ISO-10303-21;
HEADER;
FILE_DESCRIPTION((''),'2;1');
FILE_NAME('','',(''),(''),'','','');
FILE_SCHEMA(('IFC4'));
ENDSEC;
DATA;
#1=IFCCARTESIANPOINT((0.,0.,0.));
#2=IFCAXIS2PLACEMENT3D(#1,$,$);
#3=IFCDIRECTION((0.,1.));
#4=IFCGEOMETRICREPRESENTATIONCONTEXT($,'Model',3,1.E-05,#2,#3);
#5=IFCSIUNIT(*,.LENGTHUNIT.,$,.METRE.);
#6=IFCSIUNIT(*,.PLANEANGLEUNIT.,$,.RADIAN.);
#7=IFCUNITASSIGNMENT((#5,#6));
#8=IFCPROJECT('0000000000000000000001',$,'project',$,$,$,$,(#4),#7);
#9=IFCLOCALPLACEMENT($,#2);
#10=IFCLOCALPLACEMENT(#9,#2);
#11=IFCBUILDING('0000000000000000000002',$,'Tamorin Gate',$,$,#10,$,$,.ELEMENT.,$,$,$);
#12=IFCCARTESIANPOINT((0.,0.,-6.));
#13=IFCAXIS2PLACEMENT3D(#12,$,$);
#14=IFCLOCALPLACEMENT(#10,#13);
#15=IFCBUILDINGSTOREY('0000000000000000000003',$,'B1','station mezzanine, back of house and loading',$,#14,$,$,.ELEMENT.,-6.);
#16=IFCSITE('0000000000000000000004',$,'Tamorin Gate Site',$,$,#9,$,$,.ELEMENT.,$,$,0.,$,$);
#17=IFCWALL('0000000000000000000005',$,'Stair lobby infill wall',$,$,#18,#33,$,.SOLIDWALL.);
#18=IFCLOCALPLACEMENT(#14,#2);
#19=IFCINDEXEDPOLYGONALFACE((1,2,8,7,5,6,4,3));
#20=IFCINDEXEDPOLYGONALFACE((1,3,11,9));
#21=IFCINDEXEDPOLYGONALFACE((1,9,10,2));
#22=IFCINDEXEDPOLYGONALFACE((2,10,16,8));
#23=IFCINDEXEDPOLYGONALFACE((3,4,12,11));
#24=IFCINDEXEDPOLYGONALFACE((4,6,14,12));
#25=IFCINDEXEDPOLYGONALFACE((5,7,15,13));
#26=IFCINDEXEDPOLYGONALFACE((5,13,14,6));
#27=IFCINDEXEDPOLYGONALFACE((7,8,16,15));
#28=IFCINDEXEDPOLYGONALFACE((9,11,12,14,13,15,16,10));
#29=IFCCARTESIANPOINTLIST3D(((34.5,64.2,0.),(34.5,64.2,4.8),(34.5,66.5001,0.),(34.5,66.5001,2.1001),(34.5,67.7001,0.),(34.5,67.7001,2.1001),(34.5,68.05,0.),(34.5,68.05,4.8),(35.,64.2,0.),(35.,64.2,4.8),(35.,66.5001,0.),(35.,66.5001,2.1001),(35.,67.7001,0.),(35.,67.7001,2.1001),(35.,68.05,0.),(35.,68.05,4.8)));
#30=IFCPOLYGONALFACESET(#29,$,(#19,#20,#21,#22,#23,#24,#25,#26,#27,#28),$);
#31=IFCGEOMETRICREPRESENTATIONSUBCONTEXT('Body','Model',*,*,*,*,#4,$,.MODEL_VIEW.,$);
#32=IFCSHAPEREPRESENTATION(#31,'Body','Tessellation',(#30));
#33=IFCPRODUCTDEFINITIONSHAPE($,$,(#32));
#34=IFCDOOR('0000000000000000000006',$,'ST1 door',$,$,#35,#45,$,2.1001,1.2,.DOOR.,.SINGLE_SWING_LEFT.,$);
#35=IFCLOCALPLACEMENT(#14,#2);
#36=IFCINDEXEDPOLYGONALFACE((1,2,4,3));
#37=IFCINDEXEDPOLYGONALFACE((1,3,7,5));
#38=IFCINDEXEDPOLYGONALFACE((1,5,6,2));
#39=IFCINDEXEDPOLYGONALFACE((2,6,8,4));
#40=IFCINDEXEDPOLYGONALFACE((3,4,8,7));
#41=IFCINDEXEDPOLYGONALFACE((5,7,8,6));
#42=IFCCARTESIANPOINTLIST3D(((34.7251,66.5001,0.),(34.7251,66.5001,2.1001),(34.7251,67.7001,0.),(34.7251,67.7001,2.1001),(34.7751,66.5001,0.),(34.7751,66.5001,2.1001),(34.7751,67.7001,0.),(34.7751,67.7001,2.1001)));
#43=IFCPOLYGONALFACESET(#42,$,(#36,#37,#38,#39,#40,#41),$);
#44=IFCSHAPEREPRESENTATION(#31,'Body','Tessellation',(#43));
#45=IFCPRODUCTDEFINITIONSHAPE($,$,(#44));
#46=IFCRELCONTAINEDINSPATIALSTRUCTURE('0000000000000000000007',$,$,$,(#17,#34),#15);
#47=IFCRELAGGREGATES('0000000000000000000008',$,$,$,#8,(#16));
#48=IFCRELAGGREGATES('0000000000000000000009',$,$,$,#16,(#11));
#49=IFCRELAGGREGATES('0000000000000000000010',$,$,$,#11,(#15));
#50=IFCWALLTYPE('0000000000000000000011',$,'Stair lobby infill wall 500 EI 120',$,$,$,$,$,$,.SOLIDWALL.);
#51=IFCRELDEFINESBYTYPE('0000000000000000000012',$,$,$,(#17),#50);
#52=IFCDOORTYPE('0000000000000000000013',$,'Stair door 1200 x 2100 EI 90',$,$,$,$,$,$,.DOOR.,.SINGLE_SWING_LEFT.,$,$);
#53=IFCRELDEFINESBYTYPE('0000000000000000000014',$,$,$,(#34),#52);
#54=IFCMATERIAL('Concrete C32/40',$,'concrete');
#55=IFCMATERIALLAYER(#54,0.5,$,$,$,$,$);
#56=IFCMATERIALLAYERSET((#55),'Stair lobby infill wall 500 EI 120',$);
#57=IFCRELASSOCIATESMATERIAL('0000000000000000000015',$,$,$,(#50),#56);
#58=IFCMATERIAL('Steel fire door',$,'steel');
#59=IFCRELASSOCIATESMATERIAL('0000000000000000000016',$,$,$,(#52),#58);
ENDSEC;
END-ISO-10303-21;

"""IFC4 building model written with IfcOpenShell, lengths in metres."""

from ifc_helpers import new_model, si_unit, direction, frame, frame_2d, origin, place, context, subcontext, project, spatial, rectangle, extrude, material, layer, layer_set, type_object, element, fill, save


model = new_model("IFC4")

# Units and contexts
model_context = context("Model", 3, precision=1e-05, world=origin(), true_north=direction((0.0, 1.0)))
body_context = subcontext(model_context, "Body", "Model", "MODEL_VIEW")
ifc_project = project(units=[si_unit("LENGTHUNIT", "METRE"), si_unit("PLANEANGLEUNIT", "RADIAN")], contexts=[model_context])

# Site, building, storey
site_placement = place(None, origin())
site = spatial("IfcSite", under=ifc_project, at=site_placement, Name="Tamorin Gate Site", CompositionType="ELEMENT", RefElevation=0.0)
building_placement = place(site_placement, origin())
building = spatial("IfcBuilding", under=site, at=building_placement, Name="Tamorin Gate", CompositionType="ELEMENT")
storey_placement = place(building_placement, frame((0.0, 0.0, -6.0)))
storey = spatial("IfcBuildingStorey", under=building, at=storey_placement, Name="B1", Description="station mezzanine, back of house and loading", CompositionType="ELEMENT", Elevation=-6.0)

# Shared definitions
ifc_material_1 = material(Name="Concrete C32/40", Category="concrete")

# Wall, opening, door
ifc_layer_1 = layer(ifc_material_1, 0.5)
ifc_layer_set_1 = layer_set([ifc_layer_1], Name="Stair lobby infill wall 500 EI 120")
wall_type_1 = type_object("IfcWallType", Name="Stair lobby infill wall 500 EI 120", PredefinedType="SOLIDWALL", material=ifc_layer_set_1)
wall_1_placement = place(storey_placement, frame((34.75, 64.2, 0.0), z_axis=(0.0, 0.0, 1.0), x_axis=(0.0, 1.0, 0.0)))
wall_1 = element("IfcWall", 1, at=wall_1_placement, inside=storey, type_object=wall_type_1, Name="Stair lobby infill wall", PredefinedType="SOLIDWALL", context=body_context, shape_type="SweptSolid", body=[
    extrude(rectangle(XDim=3.8501, YDim=0.5, at=frame_2d((1.925, 0.0))), origin(), (0.0, 0.0, 1.0), 4.8),
])
opening_1_placement = place(wall_1_placement, frame((2.3, 0.0, 0.0)))
opening_1 = element("IfcOpeningElement", 2, at=opening_1_placement, cuts=wall_1, PredefinedType="OPENING", context=body_context, shape_type="SweptSolid", body=[
    extrude(rectangle(XDim=1.2, YDim=2.1001, at=frame_2d((0.6001, 1.05))), frame((0.0, 0.26, 0.0), z_axis=(0.0, -1.0, 0.0), x_axis=(1.0, 0.0, 0.0)), (0.0, 0.0, 1.0), 0.52),
])
ifc_material_2 = material(Name="Steel fire door", Category="steel")
door_type_1 = type_object("IfcDoorType", Name="Stair door 1200 x 2100 EI 90", OperationType="SINGLE_SWING_LEFT", PredefinedType="DOOR", material=ifc_material_2)
door_1_placement = place(opening_1_placement, origin())
door_1 = element("IfcDoor", 3, at=door_1_placement, inside=storey, type_object=door_type_1, Name="ST1 door", OperationType="SINGLE_SWING_LEFT", OverallHeight=2.1001, OverallWidth=1.2, PredefinedType="DOOR", context=body_context, shape_type="SweptSolid", body=[
    extrude(rectangle(XDim=1.2, YDim=2.1001, at=frame_2d((0.6001, 1.05))), frame((0.0, 0.0249, 0.0), z_axis=(0.0, -1.0, 0.0), x_axis=(1.0, 0.0, 0.0)), (0.0, 0.0, 1.0), 0.05),
])
fill(opening_1, door_1)

save(model, "model.ifc")
